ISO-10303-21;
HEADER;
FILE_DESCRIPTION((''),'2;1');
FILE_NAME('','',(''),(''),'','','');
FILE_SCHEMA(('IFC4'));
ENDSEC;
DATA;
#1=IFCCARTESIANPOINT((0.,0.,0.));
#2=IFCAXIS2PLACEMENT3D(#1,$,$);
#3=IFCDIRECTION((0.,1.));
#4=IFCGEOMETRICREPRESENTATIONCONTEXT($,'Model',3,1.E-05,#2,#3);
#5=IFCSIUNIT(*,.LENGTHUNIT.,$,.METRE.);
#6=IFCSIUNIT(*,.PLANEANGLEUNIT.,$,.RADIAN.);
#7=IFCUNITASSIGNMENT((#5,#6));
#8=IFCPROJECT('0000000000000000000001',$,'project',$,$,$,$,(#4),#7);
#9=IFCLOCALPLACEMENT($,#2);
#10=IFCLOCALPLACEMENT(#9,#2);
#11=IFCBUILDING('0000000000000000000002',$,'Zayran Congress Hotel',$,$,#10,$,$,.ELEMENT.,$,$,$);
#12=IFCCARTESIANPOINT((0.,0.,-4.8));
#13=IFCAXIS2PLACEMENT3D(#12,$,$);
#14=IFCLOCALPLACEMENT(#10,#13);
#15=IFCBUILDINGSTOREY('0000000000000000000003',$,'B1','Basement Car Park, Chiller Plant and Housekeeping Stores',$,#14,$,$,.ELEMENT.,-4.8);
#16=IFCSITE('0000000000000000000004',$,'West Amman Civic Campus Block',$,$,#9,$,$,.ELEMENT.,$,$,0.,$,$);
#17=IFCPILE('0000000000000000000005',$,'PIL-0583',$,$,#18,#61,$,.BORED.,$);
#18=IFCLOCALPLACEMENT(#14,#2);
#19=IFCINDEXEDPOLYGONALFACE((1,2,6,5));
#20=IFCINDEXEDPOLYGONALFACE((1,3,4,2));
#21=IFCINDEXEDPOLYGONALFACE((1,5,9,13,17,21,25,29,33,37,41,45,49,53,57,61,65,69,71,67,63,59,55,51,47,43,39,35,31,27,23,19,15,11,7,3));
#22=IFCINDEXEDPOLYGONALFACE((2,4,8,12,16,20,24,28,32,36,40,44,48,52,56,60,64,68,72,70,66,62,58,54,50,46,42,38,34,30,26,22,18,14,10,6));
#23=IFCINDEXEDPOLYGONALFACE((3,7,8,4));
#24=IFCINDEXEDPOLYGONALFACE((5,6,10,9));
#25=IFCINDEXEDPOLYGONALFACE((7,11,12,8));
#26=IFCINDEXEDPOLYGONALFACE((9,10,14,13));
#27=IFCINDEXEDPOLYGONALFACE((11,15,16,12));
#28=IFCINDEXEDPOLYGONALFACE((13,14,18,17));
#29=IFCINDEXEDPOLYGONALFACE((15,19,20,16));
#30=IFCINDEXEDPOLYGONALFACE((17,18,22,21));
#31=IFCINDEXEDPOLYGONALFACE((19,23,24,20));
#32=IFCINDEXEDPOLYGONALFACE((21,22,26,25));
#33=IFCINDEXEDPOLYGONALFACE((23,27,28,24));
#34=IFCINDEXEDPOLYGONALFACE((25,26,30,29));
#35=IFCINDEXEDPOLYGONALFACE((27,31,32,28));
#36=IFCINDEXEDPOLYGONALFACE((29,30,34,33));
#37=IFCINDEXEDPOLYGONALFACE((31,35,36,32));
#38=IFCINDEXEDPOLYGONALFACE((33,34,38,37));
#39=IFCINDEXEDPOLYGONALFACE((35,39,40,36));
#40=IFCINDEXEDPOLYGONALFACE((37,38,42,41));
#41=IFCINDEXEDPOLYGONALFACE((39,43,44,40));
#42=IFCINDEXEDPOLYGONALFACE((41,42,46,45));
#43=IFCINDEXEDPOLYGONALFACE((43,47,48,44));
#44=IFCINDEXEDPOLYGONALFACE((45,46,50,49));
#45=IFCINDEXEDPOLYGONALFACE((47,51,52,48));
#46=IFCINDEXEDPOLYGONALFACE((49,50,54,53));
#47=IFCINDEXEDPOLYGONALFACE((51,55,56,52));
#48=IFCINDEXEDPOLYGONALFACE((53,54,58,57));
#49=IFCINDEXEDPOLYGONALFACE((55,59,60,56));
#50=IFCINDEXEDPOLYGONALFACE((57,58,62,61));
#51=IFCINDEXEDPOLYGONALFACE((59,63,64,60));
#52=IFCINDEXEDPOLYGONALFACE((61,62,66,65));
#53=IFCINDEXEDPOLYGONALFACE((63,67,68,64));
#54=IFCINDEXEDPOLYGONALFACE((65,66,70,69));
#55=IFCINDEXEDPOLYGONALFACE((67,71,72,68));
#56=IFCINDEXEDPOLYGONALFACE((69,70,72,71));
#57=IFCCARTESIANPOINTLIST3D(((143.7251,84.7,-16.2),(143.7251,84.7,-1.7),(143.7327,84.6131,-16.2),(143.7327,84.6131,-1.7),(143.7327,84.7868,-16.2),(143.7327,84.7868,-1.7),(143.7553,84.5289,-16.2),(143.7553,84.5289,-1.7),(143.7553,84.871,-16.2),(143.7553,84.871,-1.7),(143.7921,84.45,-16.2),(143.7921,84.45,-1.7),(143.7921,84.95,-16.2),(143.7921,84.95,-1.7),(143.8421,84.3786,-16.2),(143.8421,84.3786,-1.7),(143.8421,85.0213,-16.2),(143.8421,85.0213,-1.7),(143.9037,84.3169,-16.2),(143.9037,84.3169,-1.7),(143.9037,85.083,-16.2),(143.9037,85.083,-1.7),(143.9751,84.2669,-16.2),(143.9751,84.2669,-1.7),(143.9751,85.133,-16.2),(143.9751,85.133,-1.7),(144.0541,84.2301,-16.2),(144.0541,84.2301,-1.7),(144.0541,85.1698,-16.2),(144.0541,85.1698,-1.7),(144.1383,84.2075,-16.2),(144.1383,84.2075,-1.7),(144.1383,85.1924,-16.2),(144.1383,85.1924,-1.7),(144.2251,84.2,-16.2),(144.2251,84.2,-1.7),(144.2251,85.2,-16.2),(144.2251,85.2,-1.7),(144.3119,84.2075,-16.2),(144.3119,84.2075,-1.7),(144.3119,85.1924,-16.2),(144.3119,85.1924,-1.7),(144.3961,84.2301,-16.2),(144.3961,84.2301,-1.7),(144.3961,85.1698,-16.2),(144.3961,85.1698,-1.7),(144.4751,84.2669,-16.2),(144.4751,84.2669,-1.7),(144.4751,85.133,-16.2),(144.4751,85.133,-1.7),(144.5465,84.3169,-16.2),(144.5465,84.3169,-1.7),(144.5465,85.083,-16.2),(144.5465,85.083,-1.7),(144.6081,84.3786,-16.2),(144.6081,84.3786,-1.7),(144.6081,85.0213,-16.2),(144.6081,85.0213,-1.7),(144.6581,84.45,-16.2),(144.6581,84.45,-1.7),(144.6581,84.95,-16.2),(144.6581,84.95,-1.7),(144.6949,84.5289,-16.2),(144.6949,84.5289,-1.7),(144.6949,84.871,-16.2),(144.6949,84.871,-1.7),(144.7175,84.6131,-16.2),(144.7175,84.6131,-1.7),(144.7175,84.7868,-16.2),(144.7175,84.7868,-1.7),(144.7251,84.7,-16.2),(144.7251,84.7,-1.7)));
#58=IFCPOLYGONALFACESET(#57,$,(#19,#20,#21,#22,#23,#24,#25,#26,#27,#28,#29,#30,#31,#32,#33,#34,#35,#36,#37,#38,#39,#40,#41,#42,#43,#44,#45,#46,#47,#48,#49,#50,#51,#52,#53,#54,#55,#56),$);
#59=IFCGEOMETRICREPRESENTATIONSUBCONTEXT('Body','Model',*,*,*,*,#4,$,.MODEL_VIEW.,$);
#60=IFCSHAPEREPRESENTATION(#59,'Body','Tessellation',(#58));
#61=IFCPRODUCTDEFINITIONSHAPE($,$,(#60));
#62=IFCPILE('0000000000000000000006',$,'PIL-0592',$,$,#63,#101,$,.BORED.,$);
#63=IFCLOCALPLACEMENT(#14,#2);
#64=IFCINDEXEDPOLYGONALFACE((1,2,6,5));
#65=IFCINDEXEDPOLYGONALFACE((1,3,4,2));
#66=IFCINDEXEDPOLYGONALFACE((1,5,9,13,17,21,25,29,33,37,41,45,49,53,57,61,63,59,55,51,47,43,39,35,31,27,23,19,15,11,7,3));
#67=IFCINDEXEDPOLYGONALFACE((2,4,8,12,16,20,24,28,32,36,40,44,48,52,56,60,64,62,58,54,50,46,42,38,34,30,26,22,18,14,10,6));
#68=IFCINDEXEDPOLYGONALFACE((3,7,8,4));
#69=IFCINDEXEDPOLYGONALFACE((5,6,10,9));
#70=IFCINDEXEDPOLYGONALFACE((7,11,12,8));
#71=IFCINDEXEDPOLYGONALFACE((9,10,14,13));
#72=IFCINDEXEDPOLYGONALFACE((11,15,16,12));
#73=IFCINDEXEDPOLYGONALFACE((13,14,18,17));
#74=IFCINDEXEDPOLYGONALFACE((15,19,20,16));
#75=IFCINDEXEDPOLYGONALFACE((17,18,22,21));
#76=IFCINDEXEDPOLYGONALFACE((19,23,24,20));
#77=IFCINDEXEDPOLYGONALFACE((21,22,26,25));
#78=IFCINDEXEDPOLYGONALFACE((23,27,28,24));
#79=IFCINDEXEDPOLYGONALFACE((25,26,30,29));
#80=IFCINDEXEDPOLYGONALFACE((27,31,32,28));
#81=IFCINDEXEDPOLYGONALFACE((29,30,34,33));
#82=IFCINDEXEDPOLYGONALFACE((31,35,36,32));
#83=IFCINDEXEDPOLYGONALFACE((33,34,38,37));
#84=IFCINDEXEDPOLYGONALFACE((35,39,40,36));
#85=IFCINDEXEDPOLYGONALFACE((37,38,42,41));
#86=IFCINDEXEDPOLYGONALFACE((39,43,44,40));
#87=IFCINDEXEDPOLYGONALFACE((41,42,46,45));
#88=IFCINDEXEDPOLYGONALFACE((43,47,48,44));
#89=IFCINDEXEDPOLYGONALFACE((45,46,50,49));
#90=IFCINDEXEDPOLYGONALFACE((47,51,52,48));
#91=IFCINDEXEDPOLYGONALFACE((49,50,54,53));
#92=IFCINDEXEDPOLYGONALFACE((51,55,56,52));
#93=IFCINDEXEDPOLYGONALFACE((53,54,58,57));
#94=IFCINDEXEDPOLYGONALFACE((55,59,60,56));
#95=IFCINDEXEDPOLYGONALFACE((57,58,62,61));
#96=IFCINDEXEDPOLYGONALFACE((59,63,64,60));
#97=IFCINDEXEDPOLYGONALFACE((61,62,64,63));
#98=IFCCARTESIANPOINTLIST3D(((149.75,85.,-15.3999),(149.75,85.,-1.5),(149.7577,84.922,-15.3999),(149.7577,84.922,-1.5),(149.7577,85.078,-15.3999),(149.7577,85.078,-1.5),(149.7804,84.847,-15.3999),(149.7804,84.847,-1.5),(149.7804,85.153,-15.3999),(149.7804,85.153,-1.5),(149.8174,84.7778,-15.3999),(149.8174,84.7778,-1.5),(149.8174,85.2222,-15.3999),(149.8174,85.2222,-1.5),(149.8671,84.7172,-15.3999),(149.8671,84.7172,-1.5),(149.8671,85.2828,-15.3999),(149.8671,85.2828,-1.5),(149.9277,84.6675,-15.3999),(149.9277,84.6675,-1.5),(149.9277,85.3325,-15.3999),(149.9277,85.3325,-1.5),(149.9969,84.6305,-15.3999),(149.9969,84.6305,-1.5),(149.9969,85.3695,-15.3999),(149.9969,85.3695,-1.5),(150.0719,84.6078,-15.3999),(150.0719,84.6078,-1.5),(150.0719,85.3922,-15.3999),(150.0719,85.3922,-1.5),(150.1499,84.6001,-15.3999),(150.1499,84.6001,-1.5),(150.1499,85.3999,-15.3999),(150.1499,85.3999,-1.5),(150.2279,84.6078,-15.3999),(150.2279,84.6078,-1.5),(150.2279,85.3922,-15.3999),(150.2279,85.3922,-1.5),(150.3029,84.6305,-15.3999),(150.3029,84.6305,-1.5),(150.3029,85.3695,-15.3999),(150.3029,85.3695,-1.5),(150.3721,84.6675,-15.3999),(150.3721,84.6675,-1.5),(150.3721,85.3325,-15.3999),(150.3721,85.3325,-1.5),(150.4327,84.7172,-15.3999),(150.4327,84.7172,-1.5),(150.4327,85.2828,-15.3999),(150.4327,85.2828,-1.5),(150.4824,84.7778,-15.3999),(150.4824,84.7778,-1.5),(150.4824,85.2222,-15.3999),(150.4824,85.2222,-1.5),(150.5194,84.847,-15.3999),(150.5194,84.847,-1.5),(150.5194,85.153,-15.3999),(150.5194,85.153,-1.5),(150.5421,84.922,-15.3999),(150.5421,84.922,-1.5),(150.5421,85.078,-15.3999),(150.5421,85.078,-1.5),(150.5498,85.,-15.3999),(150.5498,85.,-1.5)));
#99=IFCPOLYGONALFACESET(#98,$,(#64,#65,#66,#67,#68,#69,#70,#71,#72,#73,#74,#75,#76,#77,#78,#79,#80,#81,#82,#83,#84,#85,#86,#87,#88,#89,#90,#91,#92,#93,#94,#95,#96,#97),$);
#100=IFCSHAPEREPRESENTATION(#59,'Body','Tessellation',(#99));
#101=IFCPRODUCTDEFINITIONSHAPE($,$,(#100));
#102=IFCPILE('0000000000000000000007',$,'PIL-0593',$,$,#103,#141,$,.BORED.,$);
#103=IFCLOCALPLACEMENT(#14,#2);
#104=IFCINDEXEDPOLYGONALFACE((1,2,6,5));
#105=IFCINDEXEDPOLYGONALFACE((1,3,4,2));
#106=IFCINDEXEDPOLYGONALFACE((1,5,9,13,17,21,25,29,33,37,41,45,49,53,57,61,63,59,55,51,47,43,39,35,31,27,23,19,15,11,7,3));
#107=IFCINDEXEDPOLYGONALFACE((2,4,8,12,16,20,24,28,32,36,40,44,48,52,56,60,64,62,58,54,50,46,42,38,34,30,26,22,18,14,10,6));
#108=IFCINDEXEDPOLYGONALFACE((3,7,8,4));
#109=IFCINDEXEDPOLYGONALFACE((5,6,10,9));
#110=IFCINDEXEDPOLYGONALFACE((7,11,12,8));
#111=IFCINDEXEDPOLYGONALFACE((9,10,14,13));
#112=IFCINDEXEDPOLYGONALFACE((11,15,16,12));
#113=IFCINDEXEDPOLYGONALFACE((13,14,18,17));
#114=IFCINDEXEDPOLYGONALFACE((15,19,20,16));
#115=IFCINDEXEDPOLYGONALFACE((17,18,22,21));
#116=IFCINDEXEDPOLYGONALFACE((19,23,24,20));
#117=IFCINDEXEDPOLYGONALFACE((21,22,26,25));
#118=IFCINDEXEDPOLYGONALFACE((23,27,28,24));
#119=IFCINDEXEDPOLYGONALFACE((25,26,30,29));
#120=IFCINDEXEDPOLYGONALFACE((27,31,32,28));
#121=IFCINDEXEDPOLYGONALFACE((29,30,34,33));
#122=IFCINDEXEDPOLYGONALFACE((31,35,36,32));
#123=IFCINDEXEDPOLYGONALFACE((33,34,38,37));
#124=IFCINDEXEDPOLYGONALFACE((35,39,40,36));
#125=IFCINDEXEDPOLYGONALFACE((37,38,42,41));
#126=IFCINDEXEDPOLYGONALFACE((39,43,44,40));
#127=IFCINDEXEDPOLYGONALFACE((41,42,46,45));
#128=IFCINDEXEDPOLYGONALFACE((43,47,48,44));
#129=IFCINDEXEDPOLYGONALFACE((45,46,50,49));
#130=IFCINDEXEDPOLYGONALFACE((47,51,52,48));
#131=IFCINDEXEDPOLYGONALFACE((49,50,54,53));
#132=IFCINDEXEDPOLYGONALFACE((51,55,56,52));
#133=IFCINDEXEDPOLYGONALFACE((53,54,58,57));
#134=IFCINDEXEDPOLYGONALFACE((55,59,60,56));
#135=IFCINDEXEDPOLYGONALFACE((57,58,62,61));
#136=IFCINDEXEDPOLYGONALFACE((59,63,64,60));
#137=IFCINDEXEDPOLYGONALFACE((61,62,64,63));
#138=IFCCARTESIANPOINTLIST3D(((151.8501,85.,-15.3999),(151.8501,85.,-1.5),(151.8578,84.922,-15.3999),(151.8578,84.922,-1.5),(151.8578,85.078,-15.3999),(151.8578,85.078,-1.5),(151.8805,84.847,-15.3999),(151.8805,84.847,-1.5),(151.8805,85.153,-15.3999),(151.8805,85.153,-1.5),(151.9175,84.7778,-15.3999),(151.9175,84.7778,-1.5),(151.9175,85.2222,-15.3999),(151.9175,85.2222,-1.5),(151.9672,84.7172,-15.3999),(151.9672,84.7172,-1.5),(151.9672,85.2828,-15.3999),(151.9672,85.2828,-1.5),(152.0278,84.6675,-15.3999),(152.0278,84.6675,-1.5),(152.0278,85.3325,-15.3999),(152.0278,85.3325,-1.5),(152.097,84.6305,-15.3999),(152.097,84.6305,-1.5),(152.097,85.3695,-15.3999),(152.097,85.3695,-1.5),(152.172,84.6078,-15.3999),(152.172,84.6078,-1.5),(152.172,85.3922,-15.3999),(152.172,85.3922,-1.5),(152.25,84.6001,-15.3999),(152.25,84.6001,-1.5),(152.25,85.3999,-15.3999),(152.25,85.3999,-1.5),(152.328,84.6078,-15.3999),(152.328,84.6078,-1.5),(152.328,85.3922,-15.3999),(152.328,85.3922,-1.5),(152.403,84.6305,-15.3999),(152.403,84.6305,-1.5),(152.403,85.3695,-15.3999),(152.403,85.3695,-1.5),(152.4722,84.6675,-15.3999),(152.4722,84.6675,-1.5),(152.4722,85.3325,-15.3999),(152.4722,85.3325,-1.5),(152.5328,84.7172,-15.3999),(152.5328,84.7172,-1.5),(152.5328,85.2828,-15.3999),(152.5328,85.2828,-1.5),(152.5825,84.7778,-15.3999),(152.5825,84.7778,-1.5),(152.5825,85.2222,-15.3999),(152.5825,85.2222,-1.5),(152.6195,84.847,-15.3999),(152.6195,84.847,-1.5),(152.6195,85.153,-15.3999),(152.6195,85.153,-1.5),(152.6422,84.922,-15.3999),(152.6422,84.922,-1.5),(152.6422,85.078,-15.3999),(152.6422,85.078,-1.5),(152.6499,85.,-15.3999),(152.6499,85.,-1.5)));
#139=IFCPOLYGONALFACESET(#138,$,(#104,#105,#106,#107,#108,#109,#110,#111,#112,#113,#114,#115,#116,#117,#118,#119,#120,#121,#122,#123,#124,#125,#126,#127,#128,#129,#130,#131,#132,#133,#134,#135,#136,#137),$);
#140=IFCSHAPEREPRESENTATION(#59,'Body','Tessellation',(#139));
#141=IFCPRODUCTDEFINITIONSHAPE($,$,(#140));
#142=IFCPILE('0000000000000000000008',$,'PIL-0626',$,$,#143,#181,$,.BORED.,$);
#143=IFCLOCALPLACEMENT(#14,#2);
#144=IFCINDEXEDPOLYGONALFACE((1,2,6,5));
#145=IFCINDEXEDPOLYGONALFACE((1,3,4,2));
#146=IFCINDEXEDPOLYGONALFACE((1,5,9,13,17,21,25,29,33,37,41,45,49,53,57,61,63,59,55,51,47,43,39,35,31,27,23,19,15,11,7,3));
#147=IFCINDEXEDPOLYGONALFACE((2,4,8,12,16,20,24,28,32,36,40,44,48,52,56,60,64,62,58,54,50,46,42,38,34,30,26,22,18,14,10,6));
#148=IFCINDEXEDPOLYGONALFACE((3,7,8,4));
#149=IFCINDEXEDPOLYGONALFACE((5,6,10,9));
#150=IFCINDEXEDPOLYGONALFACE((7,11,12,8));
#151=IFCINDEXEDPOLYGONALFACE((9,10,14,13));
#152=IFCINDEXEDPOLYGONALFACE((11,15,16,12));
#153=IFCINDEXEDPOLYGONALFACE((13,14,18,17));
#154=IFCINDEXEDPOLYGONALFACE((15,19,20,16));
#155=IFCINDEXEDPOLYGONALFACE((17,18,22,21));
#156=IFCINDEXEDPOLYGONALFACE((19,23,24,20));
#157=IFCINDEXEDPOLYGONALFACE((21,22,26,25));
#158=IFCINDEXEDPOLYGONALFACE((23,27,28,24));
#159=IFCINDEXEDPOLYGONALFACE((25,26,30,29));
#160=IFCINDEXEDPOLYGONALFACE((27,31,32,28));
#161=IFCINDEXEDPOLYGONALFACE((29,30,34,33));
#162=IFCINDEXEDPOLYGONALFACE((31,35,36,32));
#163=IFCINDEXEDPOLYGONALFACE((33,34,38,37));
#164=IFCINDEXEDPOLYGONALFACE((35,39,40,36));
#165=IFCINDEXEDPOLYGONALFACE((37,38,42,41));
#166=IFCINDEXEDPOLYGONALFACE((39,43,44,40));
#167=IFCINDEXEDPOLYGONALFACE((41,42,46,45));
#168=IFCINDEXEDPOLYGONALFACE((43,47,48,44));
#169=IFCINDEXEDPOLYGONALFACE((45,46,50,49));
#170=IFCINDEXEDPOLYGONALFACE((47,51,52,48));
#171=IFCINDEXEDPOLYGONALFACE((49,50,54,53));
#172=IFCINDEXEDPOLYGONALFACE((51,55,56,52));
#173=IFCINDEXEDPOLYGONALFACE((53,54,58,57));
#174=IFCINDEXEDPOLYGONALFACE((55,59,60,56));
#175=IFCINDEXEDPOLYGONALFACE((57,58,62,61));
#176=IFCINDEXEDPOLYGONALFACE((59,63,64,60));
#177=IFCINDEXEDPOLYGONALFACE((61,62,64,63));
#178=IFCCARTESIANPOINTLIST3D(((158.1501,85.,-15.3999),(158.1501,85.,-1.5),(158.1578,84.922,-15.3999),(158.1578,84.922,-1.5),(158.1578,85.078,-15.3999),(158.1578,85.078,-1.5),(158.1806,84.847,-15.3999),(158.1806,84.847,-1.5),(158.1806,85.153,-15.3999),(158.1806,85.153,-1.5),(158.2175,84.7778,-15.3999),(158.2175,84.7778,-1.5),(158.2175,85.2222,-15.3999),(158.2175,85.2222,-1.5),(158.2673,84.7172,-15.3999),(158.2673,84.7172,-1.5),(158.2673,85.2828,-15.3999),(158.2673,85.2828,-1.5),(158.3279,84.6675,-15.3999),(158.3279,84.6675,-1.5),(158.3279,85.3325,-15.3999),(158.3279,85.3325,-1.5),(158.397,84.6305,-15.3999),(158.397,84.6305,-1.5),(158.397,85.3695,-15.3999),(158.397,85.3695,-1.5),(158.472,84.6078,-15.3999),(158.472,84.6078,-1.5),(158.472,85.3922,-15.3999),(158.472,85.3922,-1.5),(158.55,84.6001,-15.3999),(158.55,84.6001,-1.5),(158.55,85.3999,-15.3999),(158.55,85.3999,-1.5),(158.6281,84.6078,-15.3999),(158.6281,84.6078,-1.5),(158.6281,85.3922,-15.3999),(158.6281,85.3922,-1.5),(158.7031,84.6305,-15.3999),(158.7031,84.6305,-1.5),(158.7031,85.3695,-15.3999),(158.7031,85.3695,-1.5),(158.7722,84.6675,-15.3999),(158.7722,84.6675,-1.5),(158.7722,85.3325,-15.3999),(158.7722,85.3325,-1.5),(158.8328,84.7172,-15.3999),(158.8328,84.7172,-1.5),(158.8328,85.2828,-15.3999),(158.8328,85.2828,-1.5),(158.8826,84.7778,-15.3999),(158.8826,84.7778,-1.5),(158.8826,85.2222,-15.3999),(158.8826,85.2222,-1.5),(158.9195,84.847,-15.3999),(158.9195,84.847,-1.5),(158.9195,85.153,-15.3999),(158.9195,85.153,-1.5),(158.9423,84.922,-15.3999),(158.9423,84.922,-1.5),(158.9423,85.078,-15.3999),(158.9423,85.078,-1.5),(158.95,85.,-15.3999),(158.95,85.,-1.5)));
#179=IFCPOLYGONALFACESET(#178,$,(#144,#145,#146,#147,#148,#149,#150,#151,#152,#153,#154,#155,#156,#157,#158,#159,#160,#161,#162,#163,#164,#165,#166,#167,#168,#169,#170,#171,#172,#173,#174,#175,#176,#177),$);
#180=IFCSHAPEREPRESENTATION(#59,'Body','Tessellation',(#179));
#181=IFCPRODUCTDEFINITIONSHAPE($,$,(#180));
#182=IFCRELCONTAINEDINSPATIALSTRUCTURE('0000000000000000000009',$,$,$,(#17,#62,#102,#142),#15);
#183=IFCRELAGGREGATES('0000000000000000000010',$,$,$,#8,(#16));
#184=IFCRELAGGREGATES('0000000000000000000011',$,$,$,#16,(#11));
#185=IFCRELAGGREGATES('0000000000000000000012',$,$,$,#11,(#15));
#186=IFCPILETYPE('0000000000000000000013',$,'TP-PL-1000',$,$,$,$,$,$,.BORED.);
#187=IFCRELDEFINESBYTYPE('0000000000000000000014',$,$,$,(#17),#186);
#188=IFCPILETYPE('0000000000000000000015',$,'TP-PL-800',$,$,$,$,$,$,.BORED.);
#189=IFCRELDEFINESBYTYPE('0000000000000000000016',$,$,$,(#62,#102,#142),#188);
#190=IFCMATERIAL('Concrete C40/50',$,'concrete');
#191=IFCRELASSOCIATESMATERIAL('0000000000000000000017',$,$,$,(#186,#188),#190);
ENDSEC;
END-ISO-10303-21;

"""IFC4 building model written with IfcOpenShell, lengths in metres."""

from ifc_helpers import new_model, si_unit, direction, frame, origin, origin_2d, place, context, subcontext, project, spatial, circle, extrude, material, material_profile, profile_set, type_object, element, save


model = new_model("IFC4")

# Units and contexts
model_context = context("Model", 3, precision=1e-05, world=origin(), true_north=direction((0.0, 1.0)))
body_context = subcontext(model_context, "Body", "Model", "MODEL_VIEW")
ifc_project = project(units=[si_unit("LENGTHUNIT", "METRE"), si_unit("PLANEANGLEUNIT", "RADIAN")], contexts=[model_context])

# Site, building, storey
site_placement = place(None, origin())
site = spatial("IfcSite", under=ifc_project, at=site_placement, Name="West Amman Civic Campus Block", CompositionType="ELEMENT", RefElevation=0.0)
building_placement = place(site_placement, origin())
building = spatial("IfcBuilding", under=site, at=building_placement, Name="Zayran Congress Hotel", CompositionType="ELEMENT")
storey_placement = place(building_placement, frame((0.0, 0.0, -4.8)))
storey = spatial("IfcBuildingStorey", under=building, at=storey_placement, Name="B1", Description="Basement Car Park, Chiller Plant and Housekeeping Stores", CompositionType="ELEMENT", Elevation=-4.8)

# Piles
ifc_material = material(Name="Concrete C40/50", Category="concrete")
ifc_material_profile_1 = material_profile(ifc_material, circle(Radius=0.5, at=origin_2d()), Name="PILE D1000")
ifc_profile_set_1 = profile_set([ifc_material_profile_1], Name="Concrete C40/50")
pile_type_1 = type_object("IfcPileType", Name="TP-PL-1000", PredefinedType="BORED", material=ifc_profile_set_1)
pile_placement = place(storey_placement, frame((144.2251, 84.7, -1.7), z_axis=(0.0, 0.0, -1.0), x_axis=(1.0, 0.0, 0.0)))
element("IfcPile", 1, at=pile_placement, inside=storey, type_object=pile_type_1, Name="PIL-0583", PredefinedType="BORED", context=body_context, shape_type="SweptSolid", body=[
    extrude(circle(Radius=0.5, at=origin_2d()), origin(), (0.0, 0.0, 1.0), 14.5),
])
ifc_material_profile_2 = material_profile(ifc_material, circle(Radius=0.3999, at=origin_2d()), Name="PILE D800")
ifc_profile_set_2 = profile_set([ifc_material_profile_2], Name="Concrete C40/50")
pile_type_2 = type_object("IfcPileType", Name="TP-PL-800", PredefinedType="BORED", material=ifc_profile_set_2)
for number, where, z_axis, x_axis, name in (
    (2, (150.1499, 85.0, -1.5), (0.0, 0.0, -1.0), (1.0, 0.0, 0.0), "PIL-0592"),
    (3, (152.25, 85.0, -1.5), (0.0, 0.0, -1.0), (1.0, 0.0, 0.0), "PIL-0593"),
    (4, (158.55, 85.0, -1.5), (0.0, 0.0, -1.0), (1.0, 0.0, 0.0), "PIL-0626"),
):
    element("IfcPile", number, at=place(storey_placement, frame(where, z_axis=z_axis, x_axis=x_axis)), inside=storey, type_object=pile_type_2, Name=name, PredefinedType="BORED", context=body_context, shape_type="SweptSolid", body=[
        extrude(circle(Radius=0.3999, at=origin_2d()), origin(), (0.0, 0.0, 1.0), 13.8999),
    ])

save(model, "model.ifc")
